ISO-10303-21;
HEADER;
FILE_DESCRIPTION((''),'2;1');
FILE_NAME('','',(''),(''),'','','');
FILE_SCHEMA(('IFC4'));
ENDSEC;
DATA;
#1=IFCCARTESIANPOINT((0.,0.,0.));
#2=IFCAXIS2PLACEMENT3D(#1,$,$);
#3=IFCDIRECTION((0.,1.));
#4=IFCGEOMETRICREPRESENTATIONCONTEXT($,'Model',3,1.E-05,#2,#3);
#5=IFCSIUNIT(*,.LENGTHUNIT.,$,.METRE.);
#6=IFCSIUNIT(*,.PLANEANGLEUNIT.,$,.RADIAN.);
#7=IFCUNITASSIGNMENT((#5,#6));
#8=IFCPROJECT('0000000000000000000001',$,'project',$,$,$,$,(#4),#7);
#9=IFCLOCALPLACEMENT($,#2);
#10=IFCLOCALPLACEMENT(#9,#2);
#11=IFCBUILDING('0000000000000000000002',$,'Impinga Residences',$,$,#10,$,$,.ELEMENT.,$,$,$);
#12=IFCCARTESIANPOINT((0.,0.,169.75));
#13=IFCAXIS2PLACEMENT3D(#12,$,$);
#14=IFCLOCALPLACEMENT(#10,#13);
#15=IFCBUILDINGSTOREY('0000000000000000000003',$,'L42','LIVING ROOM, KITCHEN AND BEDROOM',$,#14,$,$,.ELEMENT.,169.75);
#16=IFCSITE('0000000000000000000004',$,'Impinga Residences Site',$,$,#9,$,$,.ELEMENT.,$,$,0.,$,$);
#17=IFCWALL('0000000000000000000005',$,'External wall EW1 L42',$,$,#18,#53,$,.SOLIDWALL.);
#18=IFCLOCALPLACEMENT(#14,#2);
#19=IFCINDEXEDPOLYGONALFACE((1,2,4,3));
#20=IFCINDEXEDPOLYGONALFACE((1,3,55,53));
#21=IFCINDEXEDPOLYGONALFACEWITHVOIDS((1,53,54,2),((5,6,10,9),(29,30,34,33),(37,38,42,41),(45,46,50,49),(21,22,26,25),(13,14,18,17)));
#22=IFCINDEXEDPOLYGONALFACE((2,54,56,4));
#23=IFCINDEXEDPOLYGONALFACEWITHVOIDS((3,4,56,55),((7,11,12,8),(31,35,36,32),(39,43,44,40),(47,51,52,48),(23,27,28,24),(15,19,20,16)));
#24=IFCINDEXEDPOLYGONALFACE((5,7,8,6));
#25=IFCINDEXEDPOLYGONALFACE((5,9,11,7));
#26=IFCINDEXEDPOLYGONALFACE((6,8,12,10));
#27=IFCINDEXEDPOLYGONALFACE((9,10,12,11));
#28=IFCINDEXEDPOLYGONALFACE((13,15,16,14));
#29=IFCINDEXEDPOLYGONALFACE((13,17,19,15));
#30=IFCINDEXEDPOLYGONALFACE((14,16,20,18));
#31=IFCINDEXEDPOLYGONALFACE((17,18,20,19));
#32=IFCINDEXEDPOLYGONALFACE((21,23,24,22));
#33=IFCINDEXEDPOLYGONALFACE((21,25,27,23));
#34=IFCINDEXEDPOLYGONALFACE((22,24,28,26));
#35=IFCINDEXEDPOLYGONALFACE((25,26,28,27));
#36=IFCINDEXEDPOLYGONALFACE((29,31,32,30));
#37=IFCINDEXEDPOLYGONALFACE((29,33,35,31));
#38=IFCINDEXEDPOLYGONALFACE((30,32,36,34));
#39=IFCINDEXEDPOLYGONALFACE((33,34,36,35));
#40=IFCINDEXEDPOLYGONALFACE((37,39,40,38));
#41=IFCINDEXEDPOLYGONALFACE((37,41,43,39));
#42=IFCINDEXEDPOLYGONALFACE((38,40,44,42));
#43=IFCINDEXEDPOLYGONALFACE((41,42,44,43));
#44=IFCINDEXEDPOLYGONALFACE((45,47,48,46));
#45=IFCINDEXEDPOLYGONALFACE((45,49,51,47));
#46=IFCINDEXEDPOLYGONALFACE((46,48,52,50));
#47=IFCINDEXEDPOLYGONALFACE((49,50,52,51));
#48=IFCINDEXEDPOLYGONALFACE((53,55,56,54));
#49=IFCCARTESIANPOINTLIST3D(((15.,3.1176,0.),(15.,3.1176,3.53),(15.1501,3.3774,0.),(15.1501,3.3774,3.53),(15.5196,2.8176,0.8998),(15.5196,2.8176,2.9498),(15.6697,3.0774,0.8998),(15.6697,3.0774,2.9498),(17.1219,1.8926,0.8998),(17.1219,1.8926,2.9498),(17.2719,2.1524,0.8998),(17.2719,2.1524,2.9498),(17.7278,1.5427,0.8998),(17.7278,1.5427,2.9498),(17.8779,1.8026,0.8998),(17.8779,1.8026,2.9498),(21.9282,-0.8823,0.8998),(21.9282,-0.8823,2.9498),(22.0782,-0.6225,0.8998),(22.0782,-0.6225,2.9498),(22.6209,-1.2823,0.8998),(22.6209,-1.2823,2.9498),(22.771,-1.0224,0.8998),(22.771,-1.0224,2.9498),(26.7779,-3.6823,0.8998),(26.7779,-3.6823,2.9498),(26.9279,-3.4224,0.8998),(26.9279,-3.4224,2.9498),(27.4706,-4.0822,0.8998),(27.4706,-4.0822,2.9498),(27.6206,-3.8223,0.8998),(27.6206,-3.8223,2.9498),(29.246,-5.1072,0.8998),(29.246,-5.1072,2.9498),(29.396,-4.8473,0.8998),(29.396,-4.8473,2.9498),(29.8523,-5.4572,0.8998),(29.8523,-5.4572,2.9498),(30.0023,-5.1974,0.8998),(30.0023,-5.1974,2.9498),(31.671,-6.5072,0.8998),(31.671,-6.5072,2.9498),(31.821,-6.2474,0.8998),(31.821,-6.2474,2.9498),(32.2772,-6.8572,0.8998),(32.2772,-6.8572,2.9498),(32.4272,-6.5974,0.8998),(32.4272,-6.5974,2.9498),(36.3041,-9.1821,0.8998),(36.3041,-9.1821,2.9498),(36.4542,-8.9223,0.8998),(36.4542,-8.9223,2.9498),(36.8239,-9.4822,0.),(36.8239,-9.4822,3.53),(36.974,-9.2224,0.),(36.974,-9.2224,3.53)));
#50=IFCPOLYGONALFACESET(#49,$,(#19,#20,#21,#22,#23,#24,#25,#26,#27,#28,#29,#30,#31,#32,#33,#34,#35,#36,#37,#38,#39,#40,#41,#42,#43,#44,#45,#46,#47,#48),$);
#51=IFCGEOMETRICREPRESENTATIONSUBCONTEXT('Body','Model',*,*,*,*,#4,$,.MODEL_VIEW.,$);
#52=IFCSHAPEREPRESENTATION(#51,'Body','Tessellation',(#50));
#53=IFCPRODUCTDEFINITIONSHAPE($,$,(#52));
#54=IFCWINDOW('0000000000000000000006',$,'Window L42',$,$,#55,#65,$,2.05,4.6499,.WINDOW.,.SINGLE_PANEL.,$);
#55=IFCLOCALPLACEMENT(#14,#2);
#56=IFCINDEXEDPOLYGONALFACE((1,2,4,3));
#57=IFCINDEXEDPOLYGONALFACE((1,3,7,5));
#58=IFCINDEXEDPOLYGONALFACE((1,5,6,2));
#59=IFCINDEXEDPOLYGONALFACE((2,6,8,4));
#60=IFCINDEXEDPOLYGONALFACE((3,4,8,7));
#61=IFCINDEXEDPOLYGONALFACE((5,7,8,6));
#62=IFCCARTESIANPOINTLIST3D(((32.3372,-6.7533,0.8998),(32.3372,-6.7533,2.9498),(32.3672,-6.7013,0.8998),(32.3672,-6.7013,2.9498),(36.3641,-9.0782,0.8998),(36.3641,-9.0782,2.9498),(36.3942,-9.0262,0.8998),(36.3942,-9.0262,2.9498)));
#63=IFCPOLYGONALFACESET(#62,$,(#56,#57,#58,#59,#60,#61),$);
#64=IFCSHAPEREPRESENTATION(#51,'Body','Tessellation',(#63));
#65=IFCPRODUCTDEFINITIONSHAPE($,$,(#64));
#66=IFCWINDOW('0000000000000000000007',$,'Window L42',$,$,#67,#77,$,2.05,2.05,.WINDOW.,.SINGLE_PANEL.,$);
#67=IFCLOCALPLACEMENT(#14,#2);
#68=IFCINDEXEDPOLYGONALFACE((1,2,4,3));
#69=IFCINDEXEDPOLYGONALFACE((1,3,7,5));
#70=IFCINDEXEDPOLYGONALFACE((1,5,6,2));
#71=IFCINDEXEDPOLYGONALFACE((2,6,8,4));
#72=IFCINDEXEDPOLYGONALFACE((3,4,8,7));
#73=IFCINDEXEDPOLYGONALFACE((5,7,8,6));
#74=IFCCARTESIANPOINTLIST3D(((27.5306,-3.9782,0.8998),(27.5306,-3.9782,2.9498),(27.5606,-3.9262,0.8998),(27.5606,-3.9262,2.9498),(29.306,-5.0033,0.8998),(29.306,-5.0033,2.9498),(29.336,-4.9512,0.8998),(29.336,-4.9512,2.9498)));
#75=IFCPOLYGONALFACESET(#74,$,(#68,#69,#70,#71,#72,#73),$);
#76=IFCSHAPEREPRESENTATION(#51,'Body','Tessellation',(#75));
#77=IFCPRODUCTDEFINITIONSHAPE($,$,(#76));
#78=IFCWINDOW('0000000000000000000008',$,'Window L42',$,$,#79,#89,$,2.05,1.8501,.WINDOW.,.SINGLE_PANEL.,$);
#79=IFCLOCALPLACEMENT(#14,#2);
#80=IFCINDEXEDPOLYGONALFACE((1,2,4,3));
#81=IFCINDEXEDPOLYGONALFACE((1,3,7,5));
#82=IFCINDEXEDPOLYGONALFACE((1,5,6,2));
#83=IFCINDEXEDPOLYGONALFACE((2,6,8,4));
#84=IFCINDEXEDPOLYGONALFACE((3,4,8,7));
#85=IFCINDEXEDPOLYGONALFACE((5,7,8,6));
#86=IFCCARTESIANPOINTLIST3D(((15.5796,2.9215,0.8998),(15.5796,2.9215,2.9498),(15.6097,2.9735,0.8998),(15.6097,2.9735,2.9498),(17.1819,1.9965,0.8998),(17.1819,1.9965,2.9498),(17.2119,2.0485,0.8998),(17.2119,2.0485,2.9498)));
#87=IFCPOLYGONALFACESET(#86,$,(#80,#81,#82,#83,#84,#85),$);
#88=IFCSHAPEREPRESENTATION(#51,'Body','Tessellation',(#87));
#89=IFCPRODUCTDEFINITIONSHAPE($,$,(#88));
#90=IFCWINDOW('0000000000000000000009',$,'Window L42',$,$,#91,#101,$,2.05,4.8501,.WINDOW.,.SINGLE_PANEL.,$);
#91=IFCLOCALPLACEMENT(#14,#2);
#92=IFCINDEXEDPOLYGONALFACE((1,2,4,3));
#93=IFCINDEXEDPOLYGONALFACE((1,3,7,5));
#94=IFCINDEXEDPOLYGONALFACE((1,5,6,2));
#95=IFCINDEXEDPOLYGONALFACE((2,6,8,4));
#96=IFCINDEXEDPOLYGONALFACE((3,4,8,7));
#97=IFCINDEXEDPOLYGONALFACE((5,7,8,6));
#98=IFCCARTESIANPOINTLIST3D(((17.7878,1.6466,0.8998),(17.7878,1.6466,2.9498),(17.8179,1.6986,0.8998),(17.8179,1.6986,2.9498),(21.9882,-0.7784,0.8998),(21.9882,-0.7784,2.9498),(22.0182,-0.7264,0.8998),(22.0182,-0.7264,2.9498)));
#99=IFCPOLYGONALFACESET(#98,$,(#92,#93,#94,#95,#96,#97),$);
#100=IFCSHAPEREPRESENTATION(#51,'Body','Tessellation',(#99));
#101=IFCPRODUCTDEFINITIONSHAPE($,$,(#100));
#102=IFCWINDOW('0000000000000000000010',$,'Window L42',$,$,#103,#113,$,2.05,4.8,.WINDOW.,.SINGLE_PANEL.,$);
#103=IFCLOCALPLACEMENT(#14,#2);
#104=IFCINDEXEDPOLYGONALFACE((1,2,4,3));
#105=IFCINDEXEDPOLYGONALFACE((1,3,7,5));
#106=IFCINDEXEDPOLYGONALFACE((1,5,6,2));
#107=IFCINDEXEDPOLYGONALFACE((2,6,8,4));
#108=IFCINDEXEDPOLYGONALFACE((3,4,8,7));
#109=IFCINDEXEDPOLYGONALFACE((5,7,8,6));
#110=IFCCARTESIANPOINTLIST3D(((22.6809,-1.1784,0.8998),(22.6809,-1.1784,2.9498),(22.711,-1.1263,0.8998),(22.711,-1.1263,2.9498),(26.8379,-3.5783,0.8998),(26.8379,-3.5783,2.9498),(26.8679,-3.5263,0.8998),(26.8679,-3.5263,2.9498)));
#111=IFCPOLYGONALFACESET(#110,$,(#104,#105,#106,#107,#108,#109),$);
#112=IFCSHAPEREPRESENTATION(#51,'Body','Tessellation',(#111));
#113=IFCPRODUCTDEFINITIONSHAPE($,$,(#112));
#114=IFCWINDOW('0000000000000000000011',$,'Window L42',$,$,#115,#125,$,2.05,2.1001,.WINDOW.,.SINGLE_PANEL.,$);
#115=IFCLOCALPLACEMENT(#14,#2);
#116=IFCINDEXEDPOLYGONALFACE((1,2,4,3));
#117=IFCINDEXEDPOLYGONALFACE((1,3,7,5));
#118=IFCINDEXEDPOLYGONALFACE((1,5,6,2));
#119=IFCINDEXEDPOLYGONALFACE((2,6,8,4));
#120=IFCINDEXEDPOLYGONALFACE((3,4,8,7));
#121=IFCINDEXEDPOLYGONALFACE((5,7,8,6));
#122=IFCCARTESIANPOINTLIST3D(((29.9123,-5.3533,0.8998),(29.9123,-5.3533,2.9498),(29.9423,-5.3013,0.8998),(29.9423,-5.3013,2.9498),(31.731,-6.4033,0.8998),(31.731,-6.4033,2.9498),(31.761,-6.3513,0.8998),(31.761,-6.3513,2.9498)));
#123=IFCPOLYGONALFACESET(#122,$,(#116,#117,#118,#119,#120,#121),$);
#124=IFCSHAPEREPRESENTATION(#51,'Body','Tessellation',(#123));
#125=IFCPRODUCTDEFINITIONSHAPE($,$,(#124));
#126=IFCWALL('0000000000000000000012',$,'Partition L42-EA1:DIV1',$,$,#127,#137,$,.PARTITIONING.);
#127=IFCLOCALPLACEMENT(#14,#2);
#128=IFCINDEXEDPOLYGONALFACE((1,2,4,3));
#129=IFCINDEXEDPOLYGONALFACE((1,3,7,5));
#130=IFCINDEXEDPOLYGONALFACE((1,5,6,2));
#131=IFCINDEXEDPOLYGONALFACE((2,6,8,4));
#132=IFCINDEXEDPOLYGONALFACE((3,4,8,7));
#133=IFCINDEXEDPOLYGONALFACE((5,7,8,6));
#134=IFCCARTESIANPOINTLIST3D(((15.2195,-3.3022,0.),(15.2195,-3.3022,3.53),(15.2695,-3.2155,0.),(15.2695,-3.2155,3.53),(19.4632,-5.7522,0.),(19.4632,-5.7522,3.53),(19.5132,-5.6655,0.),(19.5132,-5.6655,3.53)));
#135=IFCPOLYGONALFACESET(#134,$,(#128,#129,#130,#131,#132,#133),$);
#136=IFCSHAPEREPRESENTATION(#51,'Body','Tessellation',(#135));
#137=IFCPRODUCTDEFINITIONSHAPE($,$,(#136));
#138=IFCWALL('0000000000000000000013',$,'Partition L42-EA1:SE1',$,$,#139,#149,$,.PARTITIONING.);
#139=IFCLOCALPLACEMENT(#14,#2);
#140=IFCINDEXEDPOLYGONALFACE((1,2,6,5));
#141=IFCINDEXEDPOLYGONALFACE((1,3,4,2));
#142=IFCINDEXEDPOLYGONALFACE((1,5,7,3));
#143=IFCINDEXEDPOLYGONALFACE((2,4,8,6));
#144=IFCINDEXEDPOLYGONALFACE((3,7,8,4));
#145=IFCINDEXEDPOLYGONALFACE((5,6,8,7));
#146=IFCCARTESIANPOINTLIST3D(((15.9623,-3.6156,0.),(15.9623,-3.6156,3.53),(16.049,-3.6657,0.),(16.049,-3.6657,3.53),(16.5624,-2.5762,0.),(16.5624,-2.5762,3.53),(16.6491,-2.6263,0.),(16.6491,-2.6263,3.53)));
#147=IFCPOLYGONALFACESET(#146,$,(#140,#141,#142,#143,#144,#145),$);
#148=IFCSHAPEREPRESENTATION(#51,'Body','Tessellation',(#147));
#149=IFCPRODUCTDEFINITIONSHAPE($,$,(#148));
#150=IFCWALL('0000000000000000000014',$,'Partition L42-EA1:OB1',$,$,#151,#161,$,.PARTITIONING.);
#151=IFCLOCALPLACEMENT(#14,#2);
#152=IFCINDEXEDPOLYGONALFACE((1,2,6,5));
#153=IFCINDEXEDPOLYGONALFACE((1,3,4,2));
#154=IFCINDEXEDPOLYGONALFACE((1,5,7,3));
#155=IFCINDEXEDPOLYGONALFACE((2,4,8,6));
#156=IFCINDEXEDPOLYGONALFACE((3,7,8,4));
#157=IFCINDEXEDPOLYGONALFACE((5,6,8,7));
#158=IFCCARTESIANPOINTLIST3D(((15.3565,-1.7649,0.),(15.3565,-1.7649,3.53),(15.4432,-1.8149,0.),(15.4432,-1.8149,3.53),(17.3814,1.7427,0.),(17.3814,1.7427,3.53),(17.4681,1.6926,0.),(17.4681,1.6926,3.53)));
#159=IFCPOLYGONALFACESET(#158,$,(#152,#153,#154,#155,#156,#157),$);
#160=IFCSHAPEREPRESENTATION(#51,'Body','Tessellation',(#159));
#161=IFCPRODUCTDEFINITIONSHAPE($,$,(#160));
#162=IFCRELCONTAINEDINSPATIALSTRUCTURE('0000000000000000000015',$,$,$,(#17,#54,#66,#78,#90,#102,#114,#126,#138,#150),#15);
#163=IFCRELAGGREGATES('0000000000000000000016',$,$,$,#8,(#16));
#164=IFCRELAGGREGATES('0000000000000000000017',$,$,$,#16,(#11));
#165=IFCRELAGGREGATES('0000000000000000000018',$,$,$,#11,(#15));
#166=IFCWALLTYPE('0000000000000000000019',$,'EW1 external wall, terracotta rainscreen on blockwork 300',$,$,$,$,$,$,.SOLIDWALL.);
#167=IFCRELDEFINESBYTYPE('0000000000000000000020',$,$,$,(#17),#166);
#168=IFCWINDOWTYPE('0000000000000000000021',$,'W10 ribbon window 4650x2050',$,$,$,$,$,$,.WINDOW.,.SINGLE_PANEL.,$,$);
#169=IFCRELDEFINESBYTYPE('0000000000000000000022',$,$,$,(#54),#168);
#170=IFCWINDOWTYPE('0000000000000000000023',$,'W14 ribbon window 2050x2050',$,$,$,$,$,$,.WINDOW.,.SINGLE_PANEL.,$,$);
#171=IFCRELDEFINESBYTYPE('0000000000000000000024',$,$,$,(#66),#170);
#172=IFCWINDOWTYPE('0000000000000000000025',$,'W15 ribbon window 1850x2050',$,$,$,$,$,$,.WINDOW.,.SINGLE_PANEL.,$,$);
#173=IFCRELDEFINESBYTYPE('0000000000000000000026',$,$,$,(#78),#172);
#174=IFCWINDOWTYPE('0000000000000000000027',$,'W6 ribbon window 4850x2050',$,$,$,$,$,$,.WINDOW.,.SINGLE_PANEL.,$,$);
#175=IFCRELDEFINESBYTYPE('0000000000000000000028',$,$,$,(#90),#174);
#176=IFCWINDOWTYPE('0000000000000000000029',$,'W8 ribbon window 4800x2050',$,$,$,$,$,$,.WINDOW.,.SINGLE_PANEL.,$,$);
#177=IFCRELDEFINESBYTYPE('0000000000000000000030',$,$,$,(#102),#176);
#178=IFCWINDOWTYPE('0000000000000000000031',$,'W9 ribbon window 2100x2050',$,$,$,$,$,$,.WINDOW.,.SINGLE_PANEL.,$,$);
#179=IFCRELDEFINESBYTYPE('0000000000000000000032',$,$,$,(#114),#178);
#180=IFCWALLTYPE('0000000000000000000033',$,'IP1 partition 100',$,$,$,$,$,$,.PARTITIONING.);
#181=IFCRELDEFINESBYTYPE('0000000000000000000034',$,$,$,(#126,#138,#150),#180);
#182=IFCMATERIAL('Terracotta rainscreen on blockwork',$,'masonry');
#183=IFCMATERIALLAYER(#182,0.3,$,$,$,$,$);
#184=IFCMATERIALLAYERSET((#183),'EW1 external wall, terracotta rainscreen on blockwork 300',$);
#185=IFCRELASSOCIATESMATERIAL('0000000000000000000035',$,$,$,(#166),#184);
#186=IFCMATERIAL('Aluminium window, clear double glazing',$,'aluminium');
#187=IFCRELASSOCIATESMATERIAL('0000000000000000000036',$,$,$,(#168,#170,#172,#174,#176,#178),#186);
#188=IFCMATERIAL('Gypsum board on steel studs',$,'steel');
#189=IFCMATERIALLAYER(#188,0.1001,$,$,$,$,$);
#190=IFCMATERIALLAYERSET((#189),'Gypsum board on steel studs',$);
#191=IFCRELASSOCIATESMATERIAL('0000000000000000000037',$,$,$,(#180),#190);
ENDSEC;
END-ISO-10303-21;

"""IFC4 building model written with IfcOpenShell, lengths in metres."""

from ifc_helpers import new_model, si_unit, direction, frame, frame_2d, origin, place, context, subcontext, project, spatial, rectangle, extrude, material, layer, layer_set, type_object, element, fill, save


model = new_model("IFC4")

# Units and contexts
model_context = context("Model", 3, precision=1e-05, world=origin(), true_north=direction((0.0, 1.0)))
body_context = subcontext(model_context, "Body", "Model", "MODEL_VIEW")
ifc_project = project(units=[si_unit("LENGTHUNIT", "METRE"), si_unit("PLANEANGLEUNIT", "RADIAN")], contexts=[model_context])

# Site, building, storey
site_placement = place(None, origin())
site = spatial("IfcSite", under=ifc_project, at=site_placement, Name="Impinga Residences Site", CompositionType="ELEMENT", RefElevation=0.0)
building_placement = place(site_placement, origin())
building = spatial("IfcBuilding", under=site, at=building_placement, Name="Impinga Residences", CompositionType="ELEMENT")
storey_placement = place(building_placement, frame((0.0, 0.0, 169.75)))
storey = spatial("IfcBuildingStorey", under=building, at=storey_placement, Name="L42", Description="LIVING ROOM, KITCHEN AND BEDROOM", CompositionType="ELEMENT", Elevation=169.75)

# Shared definitions
ifc_material_1 = material(Name="Terracotta rainscreen on blockwork", Category="masonry")
ifc_layer_1 = layer(ifc_material_1, 0.3)
ifc_layer_set_1 = layer_set([ifc_layer_1], Name="EW1 external wall, terracotta rainscreen on blockwork 300")
wall_type_1 = type_object("IfcWallType", Name="EW1 external wall, terracotta rainscreen on blockwork 300", PredefinedType="SOLIDWALL", material=ifc_layer_set_1)

# Wall, openings, windows
wall_1_placement = place(storey_placement, frame((15.075, 3.2476, 0.0), z_axis=(0.0, 0.0, 1.0), x_axis=(0.866029, -0.499993, 0.0)))
wall_1 = element("IfcWall", 1, at=wall_1_placement, inside=storey, type_object=wall_type_1, Name="External wall EW1 L42", PredefinedType="SOLIDWALL", context=body_context, shape_type="SweptSolid", body=[
    extrude(rectangle(XDim=25.2, YDim=0.3, at=frame_2d((12.6001, 0.0))), origin(), (0.0, 0.0, 1.0), 3.53),
])
opening_1_placement = place(wall_1_placement, frame((0.6001, 0.0, 0.8999)))
opening_1 = element("IfcOpeningElement", 2, at=opening_1_placement, cuts=wall_1, PredefinedType="OPENING", context=body_context, shape_type="SweptSolid", body=[
    extrude(rectangle(XDim=1.8501, YDim=2.05, at=frame_2d((0.925, 1.0249))), frame((0.0, 0.1599, 0.0), z_axis=(0.0, -1.0, 0.0), x_axis=(1.0, 0.0, 0.0)), (0.0, 0.0, 1.0), 0.3201),
])
opening_2_placement = place(wall_1_placement, frame((3.1499, 0.0, 0.8999)))
opening_2 = element("IfcOpeningElement", 3, at=opening_2_placement, cuts=wall_1, PredefinedType="OPENING", context=body_context, shape_type="SweptSolid", body=[
    extrude(rectangle(XDim=4.8501, YDim=2.05, at=frame_2d((2.425, 1.0249))), frame((0.0, 0.1599, 0.0), z_axis=(0.0, -1.0, 0.0), x_axis=(1.0, 0.0, 0.0)), (0.0, 0.0, 1.0), 0.3201),
])
opening_3_placement = place(wall_1_placement, frame((8.8, 0.0, 0.8999)))
opening_3 = element("IfcOpeningElement", 4, at=opening_3_placement, cuts=wall_1, PredefinedType="OPENING", context=body_context, shape_type="SweptSolid", body=[
    extrude(rectangle(XDim=4.8, YDim=2.05, at=frame_2d((2.3999, 1.0249))), frame((0.0, 0.1599, 0.0), z_axis=(0.0, -1.0, 0.0), x_axis=(1.0, 0.0, 0.0)), (0.0, 0.0, 1.0), 0.3201),
])
opening_4_placement = place(wall_1_placement, frame((14.3999, 0.0, 0.8999)))
opening_4 = element("IfcOpeningElement", 5, at=opening_4_placement, cuts=wall_1, PredefinedType="OPENING", context=body_context, shape_type="SweptSolid", body=[
    extrude(rectangle(XDim=2.05, YDim=2.05, at=frame_2d((1.0249, 1.0249))), frame((0.0, 0.1599, 0.0), z_axis=(0.0, -1.0, 0.0), x_axis=(1.0, 0.0, 0.0)), (0.0, 0.0, 1.0), 0.3201),
])
opening_5_placement = place(wall_1_placement, frame((17.1499, 0.0, 0.8999)))
opening_5 = element("IfcOpeningElement", 6, at=opening_5_placement, cuts=wall_1, PredefinedType="OPENING", context=body_context, shape_type="SweptSolid", body=[
    extrude(rectangle(XDim=2.1001, YDim=2.05, at=frame_2d((1.05, 1.0249))), frame((0.0, 0.1599, 0.0), z_axis=(0.0, -1.0, 0.0), x_axis=(1.0, 0.0, 0.0)), (0.0, 0.0, 1.0), 0.3201),
])
opening_6_placement = place(wall_1_placement, frame((19.95, 0.0, 0.8999)))
opening_6 = element("IfcOpeningElement", 7, at=opening_6_placement, cuts=wall_1, PredefinedType="OPENING", context=body_context, shape_type="SweptSolid", body=[
    extrude(rectangle(XDim=4.6499, YDim=2.05, at=frame_2d((2.325, 1.0249))), frame((0.0, 0.1599, 0.0), z_axis=(0.0, -1.0, 0.0), x_axis=(1.0, 0.0, 0.0)), (0.0, 0.0, 1.0), 0.3201),
])
ifc_material_2 = material(Name="Aluminium window, clear double glazing", Category="aluminium")
window_type_1 = type_object("IfcWindowType", Name="W10 ribbon window 4650x2050", PartitioningType="SINGLE_PANEL", PredefinedType="WINDOW", material=ifc_material_2)
window_1_placement = place(opening_6_placement, origin())
window_1 = element("IfcWindow", 8, at=window_1_placement, inside=storey, type_object=window_type_1, Name="Window L42", OverallHeight=2.05, OverallWidth=4.6499, PartitioningType="SINGLE_PANEL", PredefinedType="WINDOW", context=body_context, shape_type="SweptSolid", body=[
    extrude(rectangle(XDim=4.6499, YDim=2.05, at=frame_2d((2.325, 1.0249))), frame((0.0, 0.03, 0.0), z_axis=(0.0, -1.0, 0.0), x_axis=(1.0, 0.0, 0.0)), (0.0, 0.0, 1.0), 0.0601),
])
fill(opening_6, window_1)
window_type_2 = type_object("IfcWindowType", Name="W14 ribbon window 2050x2050", PartitioningType="SINGLE_PANEL", PredefinedType="WINDOW", material=ifc_material_2)
window_2_placement = place(opening_4_placement, origin())
window_2 = element("IfcWindow", 9, at=window_2_placement, inside=storey, type_object=window_type_2, Name="Window L42", OverallHeight=2.05, OverallWidth=2.05, PartitioningType="SINGLE_PANEL", PredefinedType="WINDOW", context=body_context, shape_type="SweptSolid", body=[
    extrude(rectangle(XDim=2.05, YDim=2.05, at=frame_2d((1.0249, 1.0249))), frame((0.0, 0.03, 0.0), z_axis=(0.0, -1.0, 0.0), x_axis=(1.0, 0.0, 0.0)), (0.0, 0.0, 1.0), 0.0601),
])
fill(opening_4, window_2)
window_type_3 = type_object("IfcWindowType", Name="W15 ribbon window 1850x2050", PartitioningType="SINGLE_PANEL", PredefinedType="WINDOW", material=ifc_material_2)
window_3_placement = place(opening_1_placement, origin())
window_3 = element("IfcWindow", 10, at=window_3_placement, inside=storey, type_object=window_type_3, Name="Window L42", OverallHeight=2.05, OverallWidth=1.8501, PartitioningType="SINGLE_PANEL", PredefinedType="WINDOW", context=body_context, shape_type="SweptSolid", body=[
    extrude(rectangle(XDim=1.8501, YDim=2.05, at=frame_2d((0.925, 1.0249))), frame((0.0, 0.03, 0.0), z_axis=(0.0, -1.0, 0.0), x_axis=(1.0, 0.0, 0.0)), (0.0, 0.0, 1.0), 0.0601),
])
fill(opening_1, window_3)
window_type_4 = type_object("IfcWindowType", Name="W6 ribbon window 4850x2050", PartitioningType="SINGLE_PANEL", PredefinedType="WINDOW", material=ifc_material_2)
window_4_placement = place(opening_2_placement, origin())
window_4 = element("IfcWindow", 11, at=window_4_placement, inside=storey, type_object=window_type_4, Name="Window L42", OverallHeight=2.05, OverallWidth=4.8501, PartitioningType="SINGLE_PANEL", PredefinedType="WINDOW", context=body_context, shape_type="SweptSolid", body=[
    extrude(rectangle(XDim=4.8501, YDim=2.05, at=frame_2d((2.425, 1.0249))), frame((0.0, 0.03, 0.0), z_axis=(0.0, -1.0, 0.0), x_axis=(1.0, 0.0, 0.0)), (0.0, 0.0, 1.0), 0.0601),
])
fill(opening_2, window_4)
window_type_5 = type_object("IfcWindowType", Name="W8 ribbon window 4800x2050", PartitioningType="SINGLE_PANEL", PredefinedType="WINDOW", material=ifc_material_2)
window_5_placement = place(opening_3_placement, origin())
window_5 = element("IfcWindow", 12, at=window_5_placement, inside=storey, type_object=window_type_5, Name="Window L42", OverallHeight=2.05, OverallWidth=4.8, PartitioningType="SINGLE_PANEL", PredefinedType="WINDOW", context=body_context, shape_type="SweptSolid", body=[
    extrude(rectangle(XDim=4.8, YDim=2.05, at=frame_2d((2.3999, 1.0249))), frame((0.0, 0.03, 0.0), z_axis=(0.0, -1.0, 0.0), x_axis=(1.0, 0.0, 0.0)), (0.0, 0.0, 1.0), 0.0601),
])
fill(opening_3, window_5)
window_type_6 = type_object("IfcWindowType", Name="W9 ribbon window 2100x2050", PartitioningType="SINGLE_PANEL", PredefinedType="WINDOW", material=ifc_material_2)
window_6_placement = place(opening_5_placement, origin())
window_6 = element("IfcWindow", 13, at=window_6_placement, inside=storey, type_object=window_type_6, Name="Window L42", OverallHeight=2.05, OverallWidth=2.1001, PartitioningType="SINGLE_PANEL", PredefinedType="WINDOW", context=body_context, shape_type="SweptSolid", body=[
    extrude(rectangle(XDim=2.1001, YDim=2.05, at=frame_2d((1.05, 1.0249))), frame((0.0, 0.03, 0.0), z_axis=(0.0, -1.0, 0.0), x_axis=(1.0, 0.0, 0.0)), (0.0, 0.0, 1.0), 0.0601),
])
fill(opening_5, window_6)

# Walls
ifc_material_3 = material(Name="Gypsum board on steel studs", Category="steel")
ifc_layer_2 = layer(ifc_material_3, 0.1001)
ifc_layer_set_2 = layer_set([ifc_layer_2], Name="Gypsum board on steel studs")
wall_type_2 = type_object("IfcWallType", Name="IP1 partition 100", PredefinedType="PARTITIONING", material=ifc_layer_set_2)
wall_2_placement = place(storey_placement, frame((15.2444, -3.2588, 0.0), z_axis=(0.0, 0.0, 1.0), x_axis=(0.866036, -0.499981, 0.0)))
element("IfcWall", 14, at=wall_2_placement, inside=storey, type_object=wall_type_2, Name="Partition L42-EA1:DIV1", PredefinedType="PARTITIONING", context=body_context, shape_type="SweptSolid", body=[
    extrude(rectangle(XDim=4.9001, YDim=0.1001, at=frame_2d((2.4502, 0.0))), origin(), (0.0, 0.0, 1.0), 3.53),
])
wall_3_placement = place(storey_placement, frame((16.0056, -3.6406, 0.0), z_axis=(0.0, 0.0, 1.0), x_axis=(0.500034, 0.866006, 0.0)))
element("IfcWall", 15, at=wall_3_placement, inside=storey, type_object=wall_type_2, Name="Partition L42-EA1:SE1", PredefinedType="PARTITIONING", context=body_context, shape_type="SweptSolid", body=[
    extrude(rectangle(XDim=1.2002, YDim=0.1001, at=frame_2d((0.6001, 0.0))), origin(), (0.0, 0.0, 1.0), 3.53),
])
wall_4_placement = place(storey_placement, frame((15.3999, -1.7898, 0.0), z_axis=(0.0, 0.0, 1.0), x_axis=(0.499964, 0.866046, 0.0)))
element("IfcWall", 16, at=wall_4_placement, inside=storey, type_object=wall_type_2, Name="Partition L42-EA1:OB1", PredefinedType="PARTITIONING", context=body_context, shape_type="SweptSolid", body=[
    extrude(rectangle(XDim=4.05, YDim=0.1001, at=frame_2d((2.0249, 0.0))), origin(), (0.0, 0.0, 1.0), 3.53),
])

save(model, "model.ifc")
